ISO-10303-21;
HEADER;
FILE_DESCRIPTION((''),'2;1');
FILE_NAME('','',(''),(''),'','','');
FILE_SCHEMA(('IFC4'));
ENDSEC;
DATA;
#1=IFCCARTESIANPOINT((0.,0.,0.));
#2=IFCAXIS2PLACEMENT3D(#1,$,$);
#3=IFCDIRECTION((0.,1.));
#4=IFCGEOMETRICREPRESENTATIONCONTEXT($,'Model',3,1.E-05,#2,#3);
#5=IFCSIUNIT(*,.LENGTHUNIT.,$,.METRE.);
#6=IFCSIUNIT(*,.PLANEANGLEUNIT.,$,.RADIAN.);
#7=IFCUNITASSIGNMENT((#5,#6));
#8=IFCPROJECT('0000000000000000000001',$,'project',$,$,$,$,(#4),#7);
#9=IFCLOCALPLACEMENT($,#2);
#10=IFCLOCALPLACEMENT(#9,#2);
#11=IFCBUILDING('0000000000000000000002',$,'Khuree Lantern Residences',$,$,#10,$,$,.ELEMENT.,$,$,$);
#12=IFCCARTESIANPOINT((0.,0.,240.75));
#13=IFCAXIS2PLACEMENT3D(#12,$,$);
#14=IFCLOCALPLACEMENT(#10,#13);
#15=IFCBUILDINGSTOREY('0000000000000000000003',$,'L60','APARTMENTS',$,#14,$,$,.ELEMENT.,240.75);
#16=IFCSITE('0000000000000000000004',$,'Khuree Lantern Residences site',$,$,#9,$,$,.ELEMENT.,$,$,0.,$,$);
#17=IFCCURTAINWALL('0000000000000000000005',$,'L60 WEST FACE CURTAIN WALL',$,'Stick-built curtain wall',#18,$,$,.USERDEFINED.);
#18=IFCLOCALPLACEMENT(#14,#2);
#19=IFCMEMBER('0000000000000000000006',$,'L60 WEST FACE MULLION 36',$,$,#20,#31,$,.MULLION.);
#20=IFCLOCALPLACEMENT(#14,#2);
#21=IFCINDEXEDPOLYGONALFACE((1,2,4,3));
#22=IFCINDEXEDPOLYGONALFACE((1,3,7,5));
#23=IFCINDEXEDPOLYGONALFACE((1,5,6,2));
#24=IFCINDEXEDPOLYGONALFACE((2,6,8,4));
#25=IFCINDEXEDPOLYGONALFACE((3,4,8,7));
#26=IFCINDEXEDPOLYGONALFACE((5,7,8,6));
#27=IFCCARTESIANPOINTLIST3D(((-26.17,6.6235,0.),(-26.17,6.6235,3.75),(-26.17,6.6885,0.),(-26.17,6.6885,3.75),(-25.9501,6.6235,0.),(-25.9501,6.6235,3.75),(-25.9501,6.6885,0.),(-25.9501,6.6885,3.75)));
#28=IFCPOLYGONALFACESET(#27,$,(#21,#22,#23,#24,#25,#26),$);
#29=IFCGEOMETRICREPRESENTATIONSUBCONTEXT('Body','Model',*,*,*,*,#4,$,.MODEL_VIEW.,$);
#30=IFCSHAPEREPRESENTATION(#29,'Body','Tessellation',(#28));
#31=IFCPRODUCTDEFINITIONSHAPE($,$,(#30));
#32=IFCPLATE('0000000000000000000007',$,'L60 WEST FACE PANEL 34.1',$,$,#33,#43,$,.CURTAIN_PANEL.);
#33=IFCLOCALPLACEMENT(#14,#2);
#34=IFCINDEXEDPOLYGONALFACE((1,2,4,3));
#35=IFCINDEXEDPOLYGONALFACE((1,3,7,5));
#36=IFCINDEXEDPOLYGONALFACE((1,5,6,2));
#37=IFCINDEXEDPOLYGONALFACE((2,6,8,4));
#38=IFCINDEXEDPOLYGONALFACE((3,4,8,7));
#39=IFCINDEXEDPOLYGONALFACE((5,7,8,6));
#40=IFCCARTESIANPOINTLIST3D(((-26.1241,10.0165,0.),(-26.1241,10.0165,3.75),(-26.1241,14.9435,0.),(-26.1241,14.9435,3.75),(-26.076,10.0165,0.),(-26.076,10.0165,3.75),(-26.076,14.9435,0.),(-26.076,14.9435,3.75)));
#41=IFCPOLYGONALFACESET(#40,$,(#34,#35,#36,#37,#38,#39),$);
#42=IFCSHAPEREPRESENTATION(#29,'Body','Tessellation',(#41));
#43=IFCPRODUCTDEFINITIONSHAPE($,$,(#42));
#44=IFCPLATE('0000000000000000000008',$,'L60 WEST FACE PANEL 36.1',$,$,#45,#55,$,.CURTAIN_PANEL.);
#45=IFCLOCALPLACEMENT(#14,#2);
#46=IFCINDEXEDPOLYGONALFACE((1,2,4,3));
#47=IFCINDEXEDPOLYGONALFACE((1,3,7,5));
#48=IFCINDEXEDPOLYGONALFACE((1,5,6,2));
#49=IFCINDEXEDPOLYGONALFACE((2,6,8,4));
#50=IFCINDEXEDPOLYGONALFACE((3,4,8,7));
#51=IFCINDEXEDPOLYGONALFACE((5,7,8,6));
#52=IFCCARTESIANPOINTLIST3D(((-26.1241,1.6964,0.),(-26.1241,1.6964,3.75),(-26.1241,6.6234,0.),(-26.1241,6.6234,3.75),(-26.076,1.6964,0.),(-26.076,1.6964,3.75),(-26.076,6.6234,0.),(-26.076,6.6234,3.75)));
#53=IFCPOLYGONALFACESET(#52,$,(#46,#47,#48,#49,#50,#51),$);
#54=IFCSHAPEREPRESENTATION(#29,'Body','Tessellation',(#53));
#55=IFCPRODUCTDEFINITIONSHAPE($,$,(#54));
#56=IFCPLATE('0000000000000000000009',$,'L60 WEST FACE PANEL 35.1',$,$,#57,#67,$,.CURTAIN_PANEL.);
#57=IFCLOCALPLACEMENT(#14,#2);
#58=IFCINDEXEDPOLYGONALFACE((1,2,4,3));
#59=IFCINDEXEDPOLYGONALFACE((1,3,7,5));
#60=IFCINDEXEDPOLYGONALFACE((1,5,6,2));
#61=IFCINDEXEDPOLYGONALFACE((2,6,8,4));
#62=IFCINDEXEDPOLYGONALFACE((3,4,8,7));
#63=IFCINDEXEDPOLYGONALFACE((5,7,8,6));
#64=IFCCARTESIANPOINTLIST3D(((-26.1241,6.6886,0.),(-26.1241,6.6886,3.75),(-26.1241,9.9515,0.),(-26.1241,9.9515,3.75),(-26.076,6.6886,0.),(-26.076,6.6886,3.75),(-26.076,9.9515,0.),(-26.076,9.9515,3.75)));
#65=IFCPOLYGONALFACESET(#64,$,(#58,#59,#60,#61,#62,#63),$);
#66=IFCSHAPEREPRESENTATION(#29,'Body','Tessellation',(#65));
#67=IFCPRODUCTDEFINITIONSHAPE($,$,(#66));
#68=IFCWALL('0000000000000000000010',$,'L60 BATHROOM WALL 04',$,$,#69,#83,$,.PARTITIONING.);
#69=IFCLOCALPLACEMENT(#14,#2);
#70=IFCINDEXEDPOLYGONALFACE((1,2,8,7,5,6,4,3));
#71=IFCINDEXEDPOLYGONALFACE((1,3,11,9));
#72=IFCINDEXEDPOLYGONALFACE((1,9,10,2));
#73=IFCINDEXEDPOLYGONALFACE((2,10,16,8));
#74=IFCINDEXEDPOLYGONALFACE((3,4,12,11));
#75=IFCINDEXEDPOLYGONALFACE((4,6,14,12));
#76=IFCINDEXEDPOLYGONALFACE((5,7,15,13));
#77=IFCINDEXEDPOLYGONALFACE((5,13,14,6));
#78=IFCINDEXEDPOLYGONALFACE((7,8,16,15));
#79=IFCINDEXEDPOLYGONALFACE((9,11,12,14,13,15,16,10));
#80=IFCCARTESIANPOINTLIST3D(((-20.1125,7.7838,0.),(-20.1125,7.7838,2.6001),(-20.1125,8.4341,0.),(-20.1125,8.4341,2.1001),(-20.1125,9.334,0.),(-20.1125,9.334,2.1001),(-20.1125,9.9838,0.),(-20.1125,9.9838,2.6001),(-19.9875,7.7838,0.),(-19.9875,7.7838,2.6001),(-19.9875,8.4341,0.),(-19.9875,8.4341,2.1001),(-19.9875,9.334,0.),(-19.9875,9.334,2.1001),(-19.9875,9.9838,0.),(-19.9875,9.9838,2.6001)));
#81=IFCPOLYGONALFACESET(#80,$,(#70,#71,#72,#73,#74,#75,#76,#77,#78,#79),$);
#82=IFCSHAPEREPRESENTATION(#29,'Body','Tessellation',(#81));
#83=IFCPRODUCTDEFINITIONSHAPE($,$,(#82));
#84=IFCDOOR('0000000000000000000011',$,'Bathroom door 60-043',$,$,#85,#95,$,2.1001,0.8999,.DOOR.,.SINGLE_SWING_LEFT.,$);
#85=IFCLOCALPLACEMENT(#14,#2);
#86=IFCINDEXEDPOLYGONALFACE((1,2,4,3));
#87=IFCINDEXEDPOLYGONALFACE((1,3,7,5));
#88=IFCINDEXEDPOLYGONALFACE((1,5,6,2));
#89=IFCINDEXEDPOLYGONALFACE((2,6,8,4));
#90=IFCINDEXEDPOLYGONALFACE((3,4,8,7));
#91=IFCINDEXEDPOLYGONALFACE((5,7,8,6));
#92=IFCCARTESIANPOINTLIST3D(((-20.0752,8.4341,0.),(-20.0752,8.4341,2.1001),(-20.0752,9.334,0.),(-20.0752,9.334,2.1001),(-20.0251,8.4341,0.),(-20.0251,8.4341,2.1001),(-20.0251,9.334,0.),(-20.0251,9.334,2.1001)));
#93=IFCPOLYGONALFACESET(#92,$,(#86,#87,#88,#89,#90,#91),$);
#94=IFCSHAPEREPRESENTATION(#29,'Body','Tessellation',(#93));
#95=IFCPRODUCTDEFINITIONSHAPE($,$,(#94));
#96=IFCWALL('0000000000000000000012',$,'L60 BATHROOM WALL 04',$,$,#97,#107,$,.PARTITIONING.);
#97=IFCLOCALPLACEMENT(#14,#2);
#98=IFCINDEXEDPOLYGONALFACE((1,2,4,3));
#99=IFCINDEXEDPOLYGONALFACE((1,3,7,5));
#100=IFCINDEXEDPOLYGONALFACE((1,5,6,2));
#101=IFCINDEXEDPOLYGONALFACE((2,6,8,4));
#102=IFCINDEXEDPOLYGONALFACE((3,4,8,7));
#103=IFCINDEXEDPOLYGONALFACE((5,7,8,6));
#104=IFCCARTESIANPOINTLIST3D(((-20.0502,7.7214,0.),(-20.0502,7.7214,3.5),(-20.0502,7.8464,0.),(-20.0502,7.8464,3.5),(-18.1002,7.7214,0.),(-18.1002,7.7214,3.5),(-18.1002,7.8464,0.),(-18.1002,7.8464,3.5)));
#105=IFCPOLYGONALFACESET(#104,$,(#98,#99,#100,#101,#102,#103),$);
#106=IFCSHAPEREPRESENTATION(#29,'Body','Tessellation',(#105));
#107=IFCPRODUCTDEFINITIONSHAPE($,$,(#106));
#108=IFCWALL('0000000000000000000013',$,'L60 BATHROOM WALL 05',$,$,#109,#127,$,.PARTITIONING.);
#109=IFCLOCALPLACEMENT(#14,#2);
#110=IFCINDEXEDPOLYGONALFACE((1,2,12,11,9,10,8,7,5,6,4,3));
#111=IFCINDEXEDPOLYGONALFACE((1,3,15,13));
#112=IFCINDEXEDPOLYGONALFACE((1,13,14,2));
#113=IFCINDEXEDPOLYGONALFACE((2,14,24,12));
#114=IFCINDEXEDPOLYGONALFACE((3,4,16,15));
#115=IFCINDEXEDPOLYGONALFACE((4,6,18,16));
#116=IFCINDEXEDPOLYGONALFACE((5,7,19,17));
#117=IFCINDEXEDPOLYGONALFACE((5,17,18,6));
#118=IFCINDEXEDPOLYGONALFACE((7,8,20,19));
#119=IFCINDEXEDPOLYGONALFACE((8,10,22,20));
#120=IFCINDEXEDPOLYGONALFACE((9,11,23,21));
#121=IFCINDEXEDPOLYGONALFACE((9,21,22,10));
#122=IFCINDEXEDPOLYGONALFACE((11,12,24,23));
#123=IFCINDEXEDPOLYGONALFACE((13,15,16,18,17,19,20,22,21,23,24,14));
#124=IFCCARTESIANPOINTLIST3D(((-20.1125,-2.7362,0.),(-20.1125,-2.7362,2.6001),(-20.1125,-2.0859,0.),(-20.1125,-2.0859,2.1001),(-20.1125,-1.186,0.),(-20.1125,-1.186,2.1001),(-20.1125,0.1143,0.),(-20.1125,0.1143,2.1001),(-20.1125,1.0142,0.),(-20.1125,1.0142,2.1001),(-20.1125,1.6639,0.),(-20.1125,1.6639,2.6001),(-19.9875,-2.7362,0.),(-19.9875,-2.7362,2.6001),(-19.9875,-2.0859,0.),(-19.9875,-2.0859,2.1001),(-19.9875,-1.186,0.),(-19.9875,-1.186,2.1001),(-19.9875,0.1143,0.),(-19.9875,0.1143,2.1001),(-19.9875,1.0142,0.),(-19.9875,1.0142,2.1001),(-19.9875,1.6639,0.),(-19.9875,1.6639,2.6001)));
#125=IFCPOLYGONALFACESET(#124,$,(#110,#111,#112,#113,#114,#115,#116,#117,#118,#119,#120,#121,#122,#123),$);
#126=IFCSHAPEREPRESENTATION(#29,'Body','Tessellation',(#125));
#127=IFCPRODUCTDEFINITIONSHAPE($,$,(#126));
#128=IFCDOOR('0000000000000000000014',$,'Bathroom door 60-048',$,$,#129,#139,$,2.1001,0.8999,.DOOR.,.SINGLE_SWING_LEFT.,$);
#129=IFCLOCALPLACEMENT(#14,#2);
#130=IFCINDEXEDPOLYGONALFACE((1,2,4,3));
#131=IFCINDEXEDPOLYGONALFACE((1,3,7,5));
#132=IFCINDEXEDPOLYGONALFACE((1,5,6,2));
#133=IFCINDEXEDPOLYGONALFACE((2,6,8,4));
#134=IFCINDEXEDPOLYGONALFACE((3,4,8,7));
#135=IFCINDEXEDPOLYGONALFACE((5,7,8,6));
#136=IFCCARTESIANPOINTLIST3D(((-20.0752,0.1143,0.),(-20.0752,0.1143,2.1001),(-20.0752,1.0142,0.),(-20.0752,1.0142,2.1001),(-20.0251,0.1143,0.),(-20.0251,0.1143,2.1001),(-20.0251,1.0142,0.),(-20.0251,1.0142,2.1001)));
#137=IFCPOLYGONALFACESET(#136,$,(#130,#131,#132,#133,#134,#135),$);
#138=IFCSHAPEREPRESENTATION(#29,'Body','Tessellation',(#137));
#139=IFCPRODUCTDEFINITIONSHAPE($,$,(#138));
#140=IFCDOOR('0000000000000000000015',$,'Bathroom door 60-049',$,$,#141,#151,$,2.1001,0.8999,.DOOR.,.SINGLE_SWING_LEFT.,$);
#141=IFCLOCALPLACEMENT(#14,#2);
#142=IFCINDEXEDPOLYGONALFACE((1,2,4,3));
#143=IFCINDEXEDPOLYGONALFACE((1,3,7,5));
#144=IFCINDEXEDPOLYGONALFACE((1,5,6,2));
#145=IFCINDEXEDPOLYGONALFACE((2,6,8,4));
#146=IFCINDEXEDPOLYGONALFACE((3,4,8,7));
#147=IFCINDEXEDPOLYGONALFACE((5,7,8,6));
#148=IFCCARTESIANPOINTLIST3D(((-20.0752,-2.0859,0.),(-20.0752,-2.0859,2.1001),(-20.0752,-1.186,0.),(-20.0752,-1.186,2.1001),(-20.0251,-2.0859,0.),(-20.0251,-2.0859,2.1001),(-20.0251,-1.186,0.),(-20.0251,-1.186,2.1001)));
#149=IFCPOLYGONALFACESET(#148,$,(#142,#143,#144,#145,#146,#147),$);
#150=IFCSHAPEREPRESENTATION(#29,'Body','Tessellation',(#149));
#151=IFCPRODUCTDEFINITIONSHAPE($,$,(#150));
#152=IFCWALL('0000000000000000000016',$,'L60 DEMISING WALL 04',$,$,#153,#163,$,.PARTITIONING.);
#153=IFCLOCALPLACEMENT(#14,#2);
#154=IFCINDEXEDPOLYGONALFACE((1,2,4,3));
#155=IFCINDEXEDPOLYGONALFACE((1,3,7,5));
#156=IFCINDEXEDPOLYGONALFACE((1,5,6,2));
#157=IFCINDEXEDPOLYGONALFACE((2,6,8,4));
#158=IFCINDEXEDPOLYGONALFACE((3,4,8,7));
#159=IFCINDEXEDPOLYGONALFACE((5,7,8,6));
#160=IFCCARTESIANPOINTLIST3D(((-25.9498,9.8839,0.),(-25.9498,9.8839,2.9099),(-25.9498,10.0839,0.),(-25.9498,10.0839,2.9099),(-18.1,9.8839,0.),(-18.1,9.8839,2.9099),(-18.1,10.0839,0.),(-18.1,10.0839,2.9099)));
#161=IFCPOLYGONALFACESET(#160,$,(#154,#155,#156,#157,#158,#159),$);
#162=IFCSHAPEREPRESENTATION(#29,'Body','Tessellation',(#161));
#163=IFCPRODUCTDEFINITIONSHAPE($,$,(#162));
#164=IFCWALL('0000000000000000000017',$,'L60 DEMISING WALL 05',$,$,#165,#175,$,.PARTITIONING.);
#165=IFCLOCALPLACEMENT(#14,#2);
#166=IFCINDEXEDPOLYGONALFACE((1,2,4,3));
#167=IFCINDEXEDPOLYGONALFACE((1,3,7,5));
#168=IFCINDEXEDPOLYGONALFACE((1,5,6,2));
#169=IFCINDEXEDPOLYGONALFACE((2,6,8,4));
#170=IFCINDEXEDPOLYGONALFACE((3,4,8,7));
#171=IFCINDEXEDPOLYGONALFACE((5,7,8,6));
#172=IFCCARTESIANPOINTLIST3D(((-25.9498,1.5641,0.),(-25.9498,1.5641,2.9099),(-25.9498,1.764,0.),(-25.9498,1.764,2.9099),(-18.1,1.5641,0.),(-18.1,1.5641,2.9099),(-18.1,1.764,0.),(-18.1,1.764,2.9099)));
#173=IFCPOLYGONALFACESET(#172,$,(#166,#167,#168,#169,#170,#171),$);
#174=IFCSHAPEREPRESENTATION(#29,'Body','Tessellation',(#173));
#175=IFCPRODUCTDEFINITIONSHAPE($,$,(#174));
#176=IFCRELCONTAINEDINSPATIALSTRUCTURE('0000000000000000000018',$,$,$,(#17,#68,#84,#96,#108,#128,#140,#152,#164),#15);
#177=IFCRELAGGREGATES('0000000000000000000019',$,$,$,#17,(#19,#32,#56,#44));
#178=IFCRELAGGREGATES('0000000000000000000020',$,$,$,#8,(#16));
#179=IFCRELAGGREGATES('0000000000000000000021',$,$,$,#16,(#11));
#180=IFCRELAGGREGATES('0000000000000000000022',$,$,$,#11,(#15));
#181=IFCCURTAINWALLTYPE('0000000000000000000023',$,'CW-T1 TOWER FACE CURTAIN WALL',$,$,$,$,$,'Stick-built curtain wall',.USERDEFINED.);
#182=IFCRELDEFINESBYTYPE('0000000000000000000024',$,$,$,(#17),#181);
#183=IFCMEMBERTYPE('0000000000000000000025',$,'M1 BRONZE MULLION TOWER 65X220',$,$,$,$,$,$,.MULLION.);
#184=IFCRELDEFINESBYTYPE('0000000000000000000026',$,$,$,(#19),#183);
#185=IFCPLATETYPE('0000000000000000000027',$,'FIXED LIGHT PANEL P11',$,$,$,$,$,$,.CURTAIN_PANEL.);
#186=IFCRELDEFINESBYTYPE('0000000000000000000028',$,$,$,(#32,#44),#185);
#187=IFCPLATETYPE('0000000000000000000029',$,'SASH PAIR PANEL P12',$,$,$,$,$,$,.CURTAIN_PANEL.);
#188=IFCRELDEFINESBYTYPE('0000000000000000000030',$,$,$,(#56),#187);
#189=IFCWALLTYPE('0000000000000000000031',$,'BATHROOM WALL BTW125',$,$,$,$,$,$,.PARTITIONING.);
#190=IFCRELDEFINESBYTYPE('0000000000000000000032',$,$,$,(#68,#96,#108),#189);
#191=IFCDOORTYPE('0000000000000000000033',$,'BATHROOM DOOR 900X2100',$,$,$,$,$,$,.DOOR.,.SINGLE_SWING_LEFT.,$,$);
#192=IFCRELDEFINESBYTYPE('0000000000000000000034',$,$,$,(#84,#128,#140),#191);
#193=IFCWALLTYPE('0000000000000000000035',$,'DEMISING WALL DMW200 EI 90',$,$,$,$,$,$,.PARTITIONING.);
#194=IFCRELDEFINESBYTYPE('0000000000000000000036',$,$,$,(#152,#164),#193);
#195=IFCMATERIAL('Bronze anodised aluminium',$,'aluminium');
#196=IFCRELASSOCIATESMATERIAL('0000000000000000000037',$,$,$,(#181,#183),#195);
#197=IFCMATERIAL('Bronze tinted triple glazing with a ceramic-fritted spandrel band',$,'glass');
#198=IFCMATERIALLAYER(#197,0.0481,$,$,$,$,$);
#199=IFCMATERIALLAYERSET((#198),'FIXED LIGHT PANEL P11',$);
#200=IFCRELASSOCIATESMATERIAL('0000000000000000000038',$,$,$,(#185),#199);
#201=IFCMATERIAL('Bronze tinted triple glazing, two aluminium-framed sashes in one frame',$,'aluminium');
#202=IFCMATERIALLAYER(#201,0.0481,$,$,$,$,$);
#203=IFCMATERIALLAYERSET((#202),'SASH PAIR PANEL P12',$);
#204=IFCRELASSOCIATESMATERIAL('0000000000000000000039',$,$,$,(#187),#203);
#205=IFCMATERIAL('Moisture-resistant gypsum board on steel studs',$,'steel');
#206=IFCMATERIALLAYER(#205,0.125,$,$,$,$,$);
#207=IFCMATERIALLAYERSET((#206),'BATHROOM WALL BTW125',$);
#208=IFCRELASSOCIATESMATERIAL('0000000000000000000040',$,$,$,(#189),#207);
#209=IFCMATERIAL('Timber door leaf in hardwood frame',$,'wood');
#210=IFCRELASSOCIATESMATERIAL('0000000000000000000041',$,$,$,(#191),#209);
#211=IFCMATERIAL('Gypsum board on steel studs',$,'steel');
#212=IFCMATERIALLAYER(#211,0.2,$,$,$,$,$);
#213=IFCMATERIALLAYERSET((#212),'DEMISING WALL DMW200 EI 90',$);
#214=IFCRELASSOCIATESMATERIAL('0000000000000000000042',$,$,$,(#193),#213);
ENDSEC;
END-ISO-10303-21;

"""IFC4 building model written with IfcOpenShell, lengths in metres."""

from ifc_helpers import new_model, si_unit, direction, frame, frame_2d, origin, origin_2d, place, context, subcontext, project, spatial, rectangle, extrude, material, layer, layer_set, material_profile, profile_set, type_object, element, fill, aggregate, save


model = new_model("IFC4")

# Units and contexts
model_context = context("Model", 3, precision=1e-05, world=origin(), true_north=direction((0.0, 1.0)))
body_context = subcontext(model_context, "Body", "Model", "MODEL_VIEW")
ifc_project = project(units=[si_unit("LENGTHUNIT", "METRE"), si_unit("PLANEANGLEUNIT", "RADIAN")], contexts=[model_context])

# Site, building, storey
site_placement = place(None, origin())
site = spatial("IfcSite", under=ifc_project, at=site_placement, Name="Khuree Lantern Residences site", CompositionType="ELEMENT", RefElevation=0.0)
building_placement = place(site_placement, origin())
building = spatial("IfcBuilding", under=site, at=building_placement, Name="Khuree Lantern Residences", CompositionType="ELEMENT")
storey_placement = place(building_placement, frame((0.0, 0.0, 240.75)))
storey = spatial("IfcBuildingStorey", under=building, at=storey_placement, Name="L60", Description="APARTMENTS", CompositionType="ELEMENT", Elevation=240.75)

# Curtain wall
ifc_material_1 = material(Name="Bronze anodised aluminium", Category="aluminium")
curtain_wall_type = type_object("IfcCurtainWallType", Name="CW-T1 TOWER FACE CURTAIN WALL", ElementType="Stick-built curtain wall", PredefinedType="USERDEFINED", material=ifc_material_1)
curtain_wall_placement = place(storey_placement, origin())
curtain_wall = element("IfcCurtainWall", 1, at=curtain_wall_placement, inside=storey, type_object=curtain_wall_type, Name="L60 WEST FACE CURTAIN WALL", ObjectType="Stick-built curtain wall", PredefinedType="USERDEFINED")

# Member
ifc_material_profile_1 = material_profile(ifc_material_1, rectangle(XDim=0.0649, YDim=0.22, at=origin_2d()), Name="M1 65X220")
ifc_profile_set_1 = profile_set([ifc_material_profile_1], Name="Bronze anodised aluminium")
member_type_1 = type_object("IfcMemberType", Name="M1 BRONZE MULLION TOWER 65X220", PredefinedType="MULLION", material=ifc_profile_set_1)
member_1_placement = place(storey_placement, frame((-26.0601, 6.656, 0.0), z_axis=(0.0, 0.0, 1.0), x_axis=(0.0, -1.0, 0.0)))
member_1 = element("IfcMember", 2, at=member_1_placement, type_object=member_type_1, Name="L60 WEST FACE MULLION 36", PredefinedType="MULLION", context=body_context, shape_type="SweptSolid", body=[
    extrude(rectangle(XDim=0.0649, YDim=0.22, at=origin_2d()), origin(), (0.0, 0.0, 1.0), 3.75),
])

# Plates
ifc_material_2 = material(Name="Bronze tinted triple glazing with a ceramic-fritted spandrel band", Category="glass")
ifc_layer_1 = layer(ifc_material_2, 0.0481)
ifc_layer_set_1 = layer_set([ifc_layer_1], Name="FIXED LIGHT PANEL P11")
plate_type_1 = type_object("IfcPlateType", Name="FIXED LIGHT PANEL P11", PredefinedType="CURTAIN_PANEL", material=ifc_layer_set_1)
plate_1_placement = place(storey_placement, frame((-26.1001, 12.48, 0.0), z_axis=(0.0, 0.0, 1.0), x_axis=(0.0, -1.0, 0.0)))
plate_1 = element("IfcPlate", 3, at=plate_1_placement, type_object=plate_type_1, Name="L60 WEST FACE PANEL 34.1", PredefinedType="CURTAIN_PANEL", context=body_context, shape_type="SweptSolid", body=[
    extrude(rectangle(XDim=4.927, YDim=0.0481, at=origin_2d()), origin(), (0.0, 0.0, 1.0), 3.75),
])
plate_2_placement = place(storey_placement, frame((-26.1001, 4.1599, 0.0), z_axis=(0.0, 0.0, 1.0), x_axis=(0.0, -1.0, 0.0)))
plate_2 = element("IfcPlate", 4, at=plate_2_placement, type_object=plate_type_1, Name="L60 WEST FACE PANEL 36.1", PredefinedType="CURTAIN_PANEL", context=body_context, shape_type="SweptSolid", body=[
    extrude(rectangle(XDim=4.927, YDim=0.0481, at=origin_2d()), origin(), (0.0, 0.0, 1.0), 3.75),
])
ifc_material_3 = material(Name="Bronze tinted triple glazing, two aluminium-framed sashes in one frame", Category="aluminium")
ifc_layer_2 = layer(ifc_material_3, 0.0481)
ifc_layer_set_2 = layer_set([ifc_layer_2], Name="SASH PAIR PANEL P12")
plate_type_2 = type_object("IfcPlateType", Name="SASH PAIR PANEL P12", PredefinedType="CURTAIN_PANEL", material=ifc_layer_set_2)
plate_3_placement = place(storey_placement, frame((-26.1001, 8.3201, 0.0), z_axis=(0.0, 0.0, 1.0), x_axis=(0.0, -1.0, 0.0)))
plate_3 = element("IfcPlate", 5, at=plate_3_placement, type_object=plate_type_2, Name="L60 WEST FACE PANEL 35.1", PredefinedType="CURTAIN_PANEL", context=body_context, shape_type="SweptSolid", body=[
    extrude(rectangle(XDim=3.2629, YDim=0.0481, at=origin_2d()), origin(), (0.0, 0.0, 1.0), 3.75),
])
aggregate(curtain_wall, [member_1, plate_1, plate_3, plate_2])

# Wall, opening, door
ifc_material_4 = material(Name="Moisture-resistant gypsum board on steel studs", Category="steel")
ifc_layer_3 = layer(ifc_material_4, 0.125)
ifc_layer_set_3 = layer_set([ifc_layer_3], Name="BATHROOM WALL BTW125")
wall_type_1 = type_object("IfcWallType", Name="BATHROOM WALL BTW125", PredefinedType="PARTITIONING", material=ifc_layer_set_3)
wall_1_placement = place(storey_placement, frame((-20.05, 9.9839, 0.0), z_axis=(0.0, 0.0, 1.0), x_axis=(0.0, -1.0, 0.0)))
wall_1 = element("IfcWall", 6, at=wall_1_placement, inside=storey, type_object=wall_type_1, Name="L60 BATHROOM WALL 04", PredefinedType="PARTITIONING", context=body_context, shape_type="SweptSolid", body=[
    extrude(rectangle(XDim=2.2, YDim=0.125, at=frame_2d((1.1001, 0.0))), origin(), (0.0, 0.0, 1.0), 2.6001),
])
opening_1_placement = place(wall_1_placement, frame((0.6499, 0.0, 0.0)))
opening_1 = element("IfcOpeningElement", 7, at=opening_1_placement, cuts=wall_1, PredefinedType="OPENING", context=body_context, shape_type="SweptSolid", body=[
    extrude(rectangle(XDim=0.8999, YDim=2.1001, at=frame_2d((0.45, 1.05))), frame((0.0, 0.0725, 0.0), z_axis=(0.0, -1.0, 0.0), x_axis=(1.0, 0.0, 0.0)), (0.0, 0.0, 1.0), 0.145),
])
ifc_material_5 = material(Name="Timber door leaf in hardwood frame", Category="wood")
door_type_1 = type_object("IfcDoorType", Name="BATHROOM DOOR 900X2100", OperationType="SINGLE_SWING_LEFT", PredefinedType="DOOR", material=ifc_material_5)
door_1_placement = place(opening_1_placement, origin())
door_1 = element("IfcDoor", 8, at=door_1_placement, inside=storey, type_object=door_type_1, Name="Bathroom door 60-043", OperationType="SINGLE_SWING_LEFT", OverallHeight=2.1001, OverallWidth=0.8999, PredefinedType="DOOR", context=body_context, shape_type="SweptSolid", body=[
    extrude(rectangle(XDim=0.8999, YDim=2.1001, at=frame_2d((0.45, 1.05))), frame((0.0, 0.0249, 0.0), z_axis=(0.0, -1.0, 0.0), x_axis=(1.0, 0.0, 0.0)), (0.0, 0.0, 1.0), 0.05),
])
fill(opening_1, door_1)

# Wall
wall_2_placement = place(storey_placement, frame((-18.1001, 7.7839, 0.0), z_axis=(0.0, 0.0, 1.0), x_axis=(-1.0, 0.0, 0.0)))
element("IfcWall", 9, at=wall_2_placement, inside=storey, type_object=wall_type_1, Name="L60 BATHROOM WALL 04", PredefinedType="PARTITIONING", context=body_context, shape_type="SweptSolid", body=[
    extrude(rectangle(XDim=1.95, YDim=0.125, at=frame_2d((0.9751, 0.0))), origin(), (0.0, 0.0, 1.0), 3.5),
])

# Wall, openings, doors
wall_3_placement = place(storey_placement, frame((-20.05, 1.6641, 0.0), z_axis=(0.0, 0.0, 1.0), x_axis=(0.0, -1.0, 0.0)))
wall_3 = element("IfcWall", 10, at=wall_3_placement, inside=storey, type_object=wall_type_1, Name="L60 BATHROOM WALL 05", PredefinedType="PARTITIONING", context=body_context, shape_type="SweptSolid", body=[
    extrude(rectangle(XDim=4.4001, YDim=0.125, at=frame_2d((2.2002, 0.0))), origin(), (0.0, 0.0, 1.0), 2.6001),
])
opening_2_placement = place(wall_3_placement, frame((0.6499, 0.0, 0.0)))
opening_2 = element("IfcOpeningElement", 11, at=opening_2_placement, cuts=wall_3, PredefinedType="OPENING", context=body_context, shape_type="SweptSolid", body=[
    extrude(rectangle(XDim=0.8999, YDim=2.1001, at=frame_2d((0.45, 1.05))), frame((0.0, 0.0725, 0.0), z_axis=(0.0, -1.0, 0.0), x_axis=(1.0, 0.0, 0.0)), (0.0, 0.0, 1.0), 0.145),
])
opening_3_placement = place(wall_3_placement, frame((2.8501, 0.0, 0.0)))
opening_3 = element("IfcOpeningElement", 12, at=opening_3_placement, cuts=wall_3, PredefinedType="OPENING", context=body_context, shape_type="SweptSolid", body=[
    extrude(rectangle(XDim=0.8999, YDim=2.1001, at=frame_2d((0.45, 1.05))), frame((0.0, 0.0725, 0.0), z_axis=(0.0, -1.0, 0.0), x_axis=(1.0, 0.0, 0.0)), (0.0, 0.0, 1.0), 0.145),
])
door_2_placement = place(opening_2_placement, origin())
door_2 = element("IfcDoor", 13, at=door_2_placement, inside=storey, type_object=door_type_1, Name="Bathroom door 60-048", OperationType="SINGLE_SWING_LEFT", OverallHeight=2.1001, OverallWidth=0.8999, PredefinedType="DOOR", context=body_context, shape_type="SweptSolid", body=[
    extrude(rectangle(XDim=0.8999, YDim=2.1001, at=frame_2d((0.45, 1.05))), frame((0.0, 0.0249, 0.0), z_axis=(0.0, -1.0, 0.0), x_axis=(1.0, 0.0, 0.0)), (0.0, 0.0, 1.0), 0.05),
])
fill(opening_2, door_2)
door_3_placement = place(opening_3_placement, origin())
door_3 = element("IfcDoor", 14, at=door_3_placement, inside=storey, type_object=door_type_1, Name="Bathroom door 60-049", OperationType="SINGLE_SWING_LEFT", OverallHeight=2.1001, OverallWidth=0.8999, PredefinedType="DOOR", context=body_context, shape_type="SweptSolid", body=[
    extrude(rectangle(XDim=0.8999, YDim=2.1001, at=frame_2d((0.45, 1.05))), frame((0.0, 0.0249, 0.0), z_axis=(0.0, -1.0, 0.0), x_axis=(1.0, 0.0, 0.0)), (0.0, 0.0, 1.0), 0.05),
])
fill(opening_3, door_3)

# Walls
ifc_material_6 = material(Name="Gypsum board on steel studs", Category="steel")
ifc_layer_4 = layer(ifc_material_6, 0.2)
ifc_layer_set_4 = layer_set([ifc_layer_4], Name="DEMISING WALL DMW200 EI 90")
wall_type_2 = type_object("IfcWallType", Name="DEMISING WALL DMW200 EI 90", PredefinedType="PARTITIONING", material=ifc_layer_set_4)
for number, where, z_axis, x_axis, name in (
    (15, (-18.1001, 9.9839, 0.0), (0.0, 0.0, 1.0), (-1.0, 0.0, 0.0), "L60 DEMISING WALL 04"),
    (16, (-18.1001, 1.6641, 0.0), (0.0, 0.0, 1.0), (-1.0, 0.0, 0.0), "L60 DEMISING WALL 05"),
):
    element("IfcWall", number, at=place(storey_placement, frame(where, z_axis=z_axis, x_axis=x_axis)), inside=storey, type_object=wall_type_2, Name=name, PredefinedType="PARTITIONING", context=body_context, shape_type="SweptSolid", body=[
        extrude(rectangle(XDim=7.8499, YDim=0.2, at=frame_2d((3.9248, 0.0))), origin(), (0.0, 0.0, 1.0), 2.9099),
    ])

save(model, "model.ifc")
